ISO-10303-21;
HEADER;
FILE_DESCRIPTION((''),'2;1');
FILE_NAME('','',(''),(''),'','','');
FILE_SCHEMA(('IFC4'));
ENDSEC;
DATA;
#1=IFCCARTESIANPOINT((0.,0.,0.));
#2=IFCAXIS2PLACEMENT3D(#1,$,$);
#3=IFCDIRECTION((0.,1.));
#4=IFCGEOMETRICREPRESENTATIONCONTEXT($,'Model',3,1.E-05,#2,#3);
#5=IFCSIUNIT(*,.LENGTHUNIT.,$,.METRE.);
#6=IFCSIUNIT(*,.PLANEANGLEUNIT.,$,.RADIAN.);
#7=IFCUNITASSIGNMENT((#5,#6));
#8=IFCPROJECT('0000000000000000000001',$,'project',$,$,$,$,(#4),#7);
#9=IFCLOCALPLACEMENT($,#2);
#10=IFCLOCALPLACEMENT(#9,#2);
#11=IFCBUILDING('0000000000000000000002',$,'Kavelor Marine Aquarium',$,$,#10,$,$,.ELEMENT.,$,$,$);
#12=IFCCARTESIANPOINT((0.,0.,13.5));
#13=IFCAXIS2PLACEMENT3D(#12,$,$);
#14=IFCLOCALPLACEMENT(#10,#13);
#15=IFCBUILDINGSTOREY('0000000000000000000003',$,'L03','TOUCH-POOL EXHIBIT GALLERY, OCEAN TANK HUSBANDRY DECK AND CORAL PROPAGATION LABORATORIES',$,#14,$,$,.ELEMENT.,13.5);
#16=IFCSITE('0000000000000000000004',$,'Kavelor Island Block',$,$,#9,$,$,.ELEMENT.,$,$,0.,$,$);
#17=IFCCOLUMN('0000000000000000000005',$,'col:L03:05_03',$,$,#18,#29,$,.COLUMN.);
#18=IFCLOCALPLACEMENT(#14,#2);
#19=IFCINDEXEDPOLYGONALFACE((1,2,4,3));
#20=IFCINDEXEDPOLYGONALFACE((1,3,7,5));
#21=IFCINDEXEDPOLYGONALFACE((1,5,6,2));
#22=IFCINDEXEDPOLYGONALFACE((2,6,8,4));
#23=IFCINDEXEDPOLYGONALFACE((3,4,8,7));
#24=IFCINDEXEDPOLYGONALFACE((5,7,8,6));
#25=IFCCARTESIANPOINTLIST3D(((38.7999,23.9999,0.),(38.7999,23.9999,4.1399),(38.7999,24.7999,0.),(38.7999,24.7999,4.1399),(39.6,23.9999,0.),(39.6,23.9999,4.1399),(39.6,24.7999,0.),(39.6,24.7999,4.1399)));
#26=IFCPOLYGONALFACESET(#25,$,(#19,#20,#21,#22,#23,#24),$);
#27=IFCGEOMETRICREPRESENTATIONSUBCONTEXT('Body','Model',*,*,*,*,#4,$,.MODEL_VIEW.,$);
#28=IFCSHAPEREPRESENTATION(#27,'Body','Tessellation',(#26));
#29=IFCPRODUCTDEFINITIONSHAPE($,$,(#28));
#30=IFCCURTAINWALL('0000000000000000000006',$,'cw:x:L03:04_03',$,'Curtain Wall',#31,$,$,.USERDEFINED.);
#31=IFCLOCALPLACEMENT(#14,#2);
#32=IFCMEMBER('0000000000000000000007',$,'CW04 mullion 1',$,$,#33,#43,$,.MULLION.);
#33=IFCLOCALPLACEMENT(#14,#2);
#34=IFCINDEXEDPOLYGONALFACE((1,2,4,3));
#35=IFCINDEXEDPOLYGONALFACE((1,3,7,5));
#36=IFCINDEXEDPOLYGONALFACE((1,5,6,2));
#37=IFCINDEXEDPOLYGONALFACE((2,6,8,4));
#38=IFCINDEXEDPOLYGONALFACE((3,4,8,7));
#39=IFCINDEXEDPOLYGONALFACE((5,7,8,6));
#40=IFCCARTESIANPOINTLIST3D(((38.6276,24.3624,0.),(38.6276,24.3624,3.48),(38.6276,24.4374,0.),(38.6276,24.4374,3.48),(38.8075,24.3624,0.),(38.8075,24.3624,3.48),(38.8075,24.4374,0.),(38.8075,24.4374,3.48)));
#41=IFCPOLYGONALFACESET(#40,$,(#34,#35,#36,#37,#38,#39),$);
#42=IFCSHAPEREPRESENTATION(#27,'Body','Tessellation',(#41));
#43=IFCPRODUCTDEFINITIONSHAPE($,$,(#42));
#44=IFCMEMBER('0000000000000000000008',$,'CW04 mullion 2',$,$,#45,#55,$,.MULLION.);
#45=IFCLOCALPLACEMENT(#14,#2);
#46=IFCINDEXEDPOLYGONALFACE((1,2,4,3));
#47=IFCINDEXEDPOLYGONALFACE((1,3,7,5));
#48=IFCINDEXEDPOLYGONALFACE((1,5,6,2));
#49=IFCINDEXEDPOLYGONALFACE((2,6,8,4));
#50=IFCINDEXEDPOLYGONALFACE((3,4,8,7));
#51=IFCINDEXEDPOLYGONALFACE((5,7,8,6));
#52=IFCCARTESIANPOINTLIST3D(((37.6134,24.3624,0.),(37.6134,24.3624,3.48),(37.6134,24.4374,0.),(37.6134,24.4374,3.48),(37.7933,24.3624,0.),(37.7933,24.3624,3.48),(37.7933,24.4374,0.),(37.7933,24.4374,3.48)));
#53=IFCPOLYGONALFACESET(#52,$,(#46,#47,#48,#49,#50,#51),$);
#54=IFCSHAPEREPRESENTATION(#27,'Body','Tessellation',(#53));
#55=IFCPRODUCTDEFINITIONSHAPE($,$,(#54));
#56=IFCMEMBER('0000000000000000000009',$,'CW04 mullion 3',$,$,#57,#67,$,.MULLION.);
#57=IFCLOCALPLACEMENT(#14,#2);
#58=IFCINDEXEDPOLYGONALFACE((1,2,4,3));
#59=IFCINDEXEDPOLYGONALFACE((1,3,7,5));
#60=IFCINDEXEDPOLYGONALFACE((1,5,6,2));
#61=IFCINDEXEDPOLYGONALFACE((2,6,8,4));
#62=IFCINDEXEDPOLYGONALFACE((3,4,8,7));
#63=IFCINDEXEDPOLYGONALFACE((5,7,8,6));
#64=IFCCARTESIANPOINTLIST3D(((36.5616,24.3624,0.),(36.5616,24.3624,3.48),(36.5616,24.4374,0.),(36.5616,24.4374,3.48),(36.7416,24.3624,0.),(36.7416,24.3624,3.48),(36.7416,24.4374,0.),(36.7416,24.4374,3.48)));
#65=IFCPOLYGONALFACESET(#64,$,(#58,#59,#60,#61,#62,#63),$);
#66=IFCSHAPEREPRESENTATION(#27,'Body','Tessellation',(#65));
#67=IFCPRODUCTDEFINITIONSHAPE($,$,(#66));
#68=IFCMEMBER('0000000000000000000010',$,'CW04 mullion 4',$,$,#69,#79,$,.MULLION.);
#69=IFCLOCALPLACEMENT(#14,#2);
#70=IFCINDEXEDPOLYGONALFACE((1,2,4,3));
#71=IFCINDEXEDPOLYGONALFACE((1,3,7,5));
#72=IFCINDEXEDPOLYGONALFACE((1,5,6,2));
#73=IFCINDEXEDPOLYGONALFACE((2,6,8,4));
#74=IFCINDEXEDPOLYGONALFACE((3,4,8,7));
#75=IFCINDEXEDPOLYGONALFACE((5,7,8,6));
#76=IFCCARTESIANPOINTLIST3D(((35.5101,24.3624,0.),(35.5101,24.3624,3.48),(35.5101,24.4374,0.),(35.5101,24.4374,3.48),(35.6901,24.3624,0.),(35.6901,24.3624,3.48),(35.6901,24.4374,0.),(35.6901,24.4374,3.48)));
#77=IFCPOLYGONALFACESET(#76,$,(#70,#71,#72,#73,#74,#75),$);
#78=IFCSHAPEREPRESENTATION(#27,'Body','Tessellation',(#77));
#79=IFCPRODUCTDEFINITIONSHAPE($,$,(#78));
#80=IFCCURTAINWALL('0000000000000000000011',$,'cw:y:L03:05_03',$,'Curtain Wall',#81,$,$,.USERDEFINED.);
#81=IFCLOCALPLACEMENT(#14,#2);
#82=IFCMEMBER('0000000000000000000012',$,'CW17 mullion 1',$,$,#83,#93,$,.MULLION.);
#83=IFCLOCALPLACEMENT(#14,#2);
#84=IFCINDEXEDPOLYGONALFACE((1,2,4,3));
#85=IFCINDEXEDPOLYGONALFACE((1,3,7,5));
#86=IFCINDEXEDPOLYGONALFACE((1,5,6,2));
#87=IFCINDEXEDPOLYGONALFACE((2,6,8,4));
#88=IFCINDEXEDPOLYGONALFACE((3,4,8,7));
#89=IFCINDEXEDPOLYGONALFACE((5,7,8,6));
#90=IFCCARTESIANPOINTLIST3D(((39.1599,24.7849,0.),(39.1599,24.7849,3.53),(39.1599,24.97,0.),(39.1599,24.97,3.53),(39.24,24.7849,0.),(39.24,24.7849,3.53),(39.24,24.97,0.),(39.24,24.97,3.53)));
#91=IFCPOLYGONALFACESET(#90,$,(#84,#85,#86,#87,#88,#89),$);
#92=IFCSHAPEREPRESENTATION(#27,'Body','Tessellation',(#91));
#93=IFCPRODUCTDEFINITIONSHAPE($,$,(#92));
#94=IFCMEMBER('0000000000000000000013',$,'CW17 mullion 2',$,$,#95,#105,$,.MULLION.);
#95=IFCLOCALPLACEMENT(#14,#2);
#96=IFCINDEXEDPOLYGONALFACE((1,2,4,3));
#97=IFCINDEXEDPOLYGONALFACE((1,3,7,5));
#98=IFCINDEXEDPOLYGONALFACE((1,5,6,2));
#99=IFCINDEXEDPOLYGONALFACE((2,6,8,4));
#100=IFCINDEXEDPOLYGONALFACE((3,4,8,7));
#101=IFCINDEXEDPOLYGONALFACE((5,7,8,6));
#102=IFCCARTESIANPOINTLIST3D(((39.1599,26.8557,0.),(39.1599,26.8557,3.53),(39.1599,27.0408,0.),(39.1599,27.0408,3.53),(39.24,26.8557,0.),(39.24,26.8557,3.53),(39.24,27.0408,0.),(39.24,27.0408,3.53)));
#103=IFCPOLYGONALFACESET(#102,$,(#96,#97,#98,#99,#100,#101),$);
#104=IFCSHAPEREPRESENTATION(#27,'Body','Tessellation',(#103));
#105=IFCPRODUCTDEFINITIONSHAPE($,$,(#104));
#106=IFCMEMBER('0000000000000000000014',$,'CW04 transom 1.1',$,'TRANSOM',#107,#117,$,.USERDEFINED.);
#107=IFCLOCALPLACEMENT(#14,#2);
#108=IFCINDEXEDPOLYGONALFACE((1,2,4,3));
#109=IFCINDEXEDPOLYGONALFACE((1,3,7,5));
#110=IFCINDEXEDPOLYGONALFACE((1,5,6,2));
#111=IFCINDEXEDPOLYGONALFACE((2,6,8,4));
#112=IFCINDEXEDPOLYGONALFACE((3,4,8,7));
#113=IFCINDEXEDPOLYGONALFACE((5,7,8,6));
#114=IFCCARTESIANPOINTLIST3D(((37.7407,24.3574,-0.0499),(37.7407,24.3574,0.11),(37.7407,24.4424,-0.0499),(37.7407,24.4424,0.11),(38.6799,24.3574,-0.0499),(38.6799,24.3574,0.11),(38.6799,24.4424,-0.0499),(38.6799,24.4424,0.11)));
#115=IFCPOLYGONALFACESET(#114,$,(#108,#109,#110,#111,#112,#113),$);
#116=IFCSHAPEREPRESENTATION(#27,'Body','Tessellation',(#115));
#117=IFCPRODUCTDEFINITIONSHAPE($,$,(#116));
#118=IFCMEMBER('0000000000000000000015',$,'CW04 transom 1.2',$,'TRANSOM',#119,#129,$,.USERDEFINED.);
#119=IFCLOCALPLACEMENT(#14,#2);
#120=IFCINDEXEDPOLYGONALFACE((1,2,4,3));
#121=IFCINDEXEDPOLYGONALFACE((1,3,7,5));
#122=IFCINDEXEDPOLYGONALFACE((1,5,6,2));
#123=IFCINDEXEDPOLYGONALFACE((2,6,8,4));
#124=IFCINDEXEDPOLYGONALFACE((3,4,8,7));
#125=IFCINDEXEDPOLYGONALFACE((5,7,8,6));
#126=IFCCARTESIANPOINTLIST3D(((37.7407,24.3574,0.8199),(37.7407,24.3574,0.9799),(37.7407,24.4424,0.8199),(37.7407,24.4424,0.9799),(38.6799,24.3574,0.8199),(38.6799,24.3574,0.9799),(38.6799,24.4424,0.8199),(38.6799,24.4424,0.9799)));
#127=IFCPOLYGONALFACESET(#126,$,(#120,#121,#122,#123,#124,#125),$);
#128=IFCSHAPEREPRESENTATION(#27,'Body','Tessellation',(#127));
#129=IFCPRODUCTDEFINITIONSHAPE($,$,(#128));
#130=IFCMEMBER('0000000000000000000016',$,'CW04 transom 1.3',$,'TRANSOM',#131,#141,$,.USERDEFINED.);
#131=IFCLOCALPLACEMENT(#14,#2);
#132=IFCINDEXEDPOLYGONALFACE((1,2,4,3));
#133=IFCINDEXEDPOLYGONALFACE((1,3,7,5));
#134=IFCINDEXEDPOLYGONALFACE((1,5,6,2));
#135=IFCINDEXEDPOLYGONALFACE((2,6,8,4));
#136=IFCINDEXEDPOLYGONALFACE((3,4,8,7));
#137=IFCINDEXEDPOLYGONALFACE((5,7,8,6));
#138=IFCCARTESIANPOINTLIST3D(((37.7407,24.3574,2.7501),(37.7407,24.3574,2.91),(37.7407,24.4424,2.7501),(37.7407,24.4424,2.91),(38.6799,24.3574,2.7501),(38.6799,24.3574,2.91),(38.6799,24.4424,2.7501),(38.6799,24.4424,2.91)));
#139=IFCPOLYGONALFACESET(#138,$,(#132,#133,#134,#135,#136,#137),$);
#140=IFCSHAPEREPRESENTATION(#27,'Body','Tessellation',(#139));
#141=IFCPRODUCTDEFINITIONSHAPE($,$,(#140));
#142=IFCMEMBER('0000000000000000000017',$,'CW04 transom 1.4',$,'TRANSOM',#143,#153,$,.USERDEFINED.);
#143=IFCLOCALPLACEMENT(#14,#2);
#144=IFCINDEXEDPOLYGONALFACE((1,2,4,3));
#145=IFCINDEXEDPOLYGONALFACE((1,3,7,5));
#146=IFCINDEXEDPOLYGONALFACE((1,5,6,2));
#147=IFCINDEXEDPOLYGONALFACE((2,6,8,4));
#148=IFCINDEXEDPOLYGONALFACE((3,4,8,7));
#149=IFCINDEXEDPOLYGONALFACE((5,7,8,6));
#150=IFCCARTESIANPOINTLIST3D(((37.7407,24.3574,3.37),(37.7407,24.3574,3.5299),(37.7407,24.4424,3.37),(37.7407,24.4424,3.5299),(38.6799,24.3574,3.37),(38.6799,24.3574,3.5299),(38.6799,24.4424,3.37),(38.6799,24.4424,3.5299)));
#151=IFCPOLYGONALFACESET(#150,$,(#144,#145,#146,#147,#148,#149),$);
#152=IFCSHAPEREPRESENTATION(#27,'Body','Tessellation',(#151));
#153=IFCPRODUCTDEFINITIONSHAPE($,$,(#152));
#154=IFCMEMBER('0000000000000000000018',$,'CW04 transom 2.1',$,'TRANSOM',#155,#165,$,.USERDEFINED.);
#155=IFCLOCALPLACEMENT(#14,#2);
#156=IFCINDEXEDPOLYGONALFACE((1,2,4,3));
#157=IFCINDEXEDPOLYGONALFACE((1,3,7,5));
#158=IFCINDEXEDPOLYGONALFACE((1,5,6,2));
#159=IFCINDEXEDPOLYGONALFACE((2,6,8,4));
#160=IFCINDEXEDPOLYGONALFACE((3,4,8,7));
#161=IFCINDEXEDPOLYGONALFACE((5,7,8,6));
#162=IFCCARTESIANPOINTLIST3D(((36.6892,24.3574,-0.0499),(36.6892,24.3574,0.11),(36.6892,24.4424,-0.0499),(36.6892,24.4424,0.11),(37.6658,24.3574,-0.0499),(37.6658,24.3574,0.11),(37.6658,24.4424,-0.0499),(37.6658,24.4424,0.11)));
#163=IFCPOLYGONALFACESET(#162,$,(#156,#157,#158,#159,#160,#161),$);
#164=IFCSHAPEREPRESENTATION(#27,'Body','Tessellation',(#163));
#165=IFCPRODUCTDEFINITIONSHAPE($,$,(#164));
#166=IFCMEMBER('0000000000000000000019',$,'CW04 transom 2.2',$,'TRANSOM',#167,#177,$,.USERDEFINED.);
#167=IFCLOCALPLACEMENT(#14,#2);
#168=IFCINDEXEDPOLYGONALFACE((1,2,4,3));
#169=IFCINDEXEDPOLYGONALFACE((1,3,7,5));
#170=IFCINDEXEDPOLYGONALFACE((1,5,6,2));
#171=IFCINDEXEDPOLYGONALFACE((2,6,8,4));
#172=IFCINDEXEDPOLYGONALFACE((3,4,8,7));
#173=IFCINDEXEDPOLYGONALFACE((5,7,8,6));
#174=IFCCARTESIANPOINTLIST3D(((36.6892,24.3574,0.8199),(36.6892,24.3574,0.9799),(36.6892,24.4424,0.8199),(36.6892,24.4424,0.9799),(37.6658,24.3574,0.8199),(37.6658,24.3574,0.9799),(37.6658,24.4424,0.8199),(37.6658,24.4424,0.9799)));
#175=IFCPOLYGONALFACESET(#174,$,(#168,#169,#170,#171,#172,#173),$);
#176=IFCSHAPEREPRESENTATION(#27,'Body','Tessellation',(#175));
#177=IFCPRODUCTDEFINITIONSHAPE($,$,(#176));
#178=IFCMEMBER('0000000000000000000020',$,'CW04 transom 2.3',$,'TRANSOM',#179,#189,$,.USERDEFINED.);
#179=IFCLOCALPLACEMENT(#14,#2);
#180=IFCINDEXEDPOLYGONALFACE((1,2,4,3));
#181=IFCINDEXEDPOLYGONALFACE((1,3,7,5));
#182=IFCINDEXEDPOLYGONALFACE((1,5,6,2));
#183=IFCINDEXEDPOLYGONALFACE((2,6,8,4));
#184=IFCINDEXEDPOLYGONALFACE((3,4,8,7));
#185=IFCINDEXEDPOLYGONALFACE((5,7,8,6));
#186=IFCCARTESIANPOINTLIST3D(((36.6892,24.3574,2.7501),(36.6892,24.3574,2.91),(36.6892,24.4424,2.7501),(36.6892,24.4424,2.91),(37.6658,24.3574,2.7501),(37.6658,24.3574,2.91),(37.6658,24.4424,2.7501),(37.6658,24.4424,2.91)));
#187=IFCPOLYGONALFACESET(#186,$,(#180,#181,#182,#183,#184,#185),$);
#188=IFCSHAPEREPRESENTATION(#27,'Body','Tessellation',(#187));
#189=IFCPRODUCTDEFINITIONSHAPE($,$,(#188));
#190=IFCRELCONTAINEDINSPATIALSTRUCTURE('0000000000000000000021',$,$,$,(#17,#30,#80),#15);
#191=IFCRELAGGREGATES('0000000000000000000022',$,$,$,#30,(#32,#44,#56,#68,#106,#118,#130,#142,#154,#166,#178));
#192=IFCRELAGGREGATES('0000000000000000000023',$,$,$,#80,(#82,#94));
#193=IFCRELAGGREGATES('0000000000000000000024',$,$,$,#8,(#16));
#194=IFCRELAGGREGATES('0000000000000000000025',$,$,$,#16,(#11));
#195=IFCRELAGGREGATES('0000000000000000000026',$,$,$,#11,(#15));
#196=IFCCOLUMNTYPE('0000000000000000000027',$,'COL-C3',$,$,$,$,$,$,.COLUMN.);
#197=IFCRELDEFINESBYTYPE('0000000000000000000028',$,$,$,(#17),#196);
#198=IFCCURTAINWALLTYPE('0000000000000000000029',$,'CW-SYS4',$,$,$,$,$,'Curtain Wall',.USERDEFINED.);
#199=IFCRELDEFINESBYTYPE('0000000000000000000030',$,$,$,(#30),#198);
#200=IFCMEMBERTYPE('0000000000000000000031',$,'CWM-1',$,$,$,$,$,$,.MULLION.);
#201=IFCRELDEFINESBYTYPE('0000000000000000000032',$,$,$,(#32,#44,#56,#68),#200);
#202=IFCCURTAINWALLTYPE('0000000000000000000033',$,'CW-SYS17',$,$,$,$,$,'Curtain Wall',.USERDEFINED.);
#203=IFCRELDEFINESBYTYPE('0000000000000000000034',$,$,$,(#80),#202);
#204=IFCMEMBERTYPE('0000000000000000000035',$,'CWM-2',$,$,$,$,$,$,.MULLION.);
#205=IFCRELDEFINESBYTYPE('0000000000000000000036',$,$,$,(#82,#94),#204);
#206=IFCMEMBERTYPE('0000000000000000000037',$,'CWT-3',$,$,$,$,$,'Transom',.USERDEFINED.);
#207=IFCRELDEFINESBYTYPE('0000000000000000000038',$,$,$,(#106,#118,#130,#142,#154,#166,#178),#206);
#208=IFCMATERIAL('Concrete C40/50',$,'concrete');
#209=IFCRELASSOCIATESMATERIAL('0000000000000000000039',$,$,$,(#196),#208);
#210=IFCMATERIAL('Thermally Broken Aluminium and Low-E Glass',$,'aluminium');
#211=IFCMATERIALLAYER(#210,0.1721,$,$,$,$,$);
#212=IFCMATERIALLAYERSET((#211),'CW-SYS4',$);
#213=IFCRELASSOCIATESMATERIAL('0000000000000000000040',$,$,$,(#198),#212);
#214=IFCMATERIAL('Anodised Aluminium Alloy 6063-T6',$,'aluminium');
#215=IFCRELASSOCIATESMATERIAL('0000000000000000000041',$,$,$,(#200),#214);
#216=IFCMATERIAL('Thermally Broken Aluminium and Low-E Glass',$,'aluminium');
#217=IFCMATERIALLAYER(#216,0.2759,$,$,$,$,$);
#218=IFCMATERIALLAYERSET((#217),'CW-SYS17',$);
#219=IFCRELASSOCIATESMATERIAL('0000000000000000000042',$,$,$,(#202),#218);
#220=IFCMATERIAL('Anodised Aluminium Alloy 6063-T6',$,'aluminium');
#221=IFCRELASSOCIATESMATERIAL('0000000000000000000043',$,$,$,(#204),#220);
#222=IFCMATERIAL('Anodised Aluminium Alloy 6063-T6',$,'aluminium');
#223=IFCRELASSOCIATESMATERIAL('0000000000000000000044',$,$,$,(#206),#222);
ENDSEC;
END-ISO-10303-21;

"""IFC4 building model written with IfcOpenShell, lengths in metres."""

from ifc_helpers import new_model, si_unit, direction, frame, origin, origin_2d, place, context, subcontext, project, spatial, rectangle, extrude, material, layer, layer_set, material_profile, profile_set, type_object, element, aggregate, save


model = new_model("IFC4")

# Units and contexts
model_context = context("Model", 3, precision=1e-05, world=origin(), true_north=direction((0.0, 1.0)))
body_context = subcontext(model_context, "Body", "Model", "MODEL_VIEW")
ifc_project = project(units=[si_unit("LENGTHUNIT", "METRE"), si_unit("PLANEANGLEUNIT", "RADIAN")], contexts=[model_context])

# Site, building, storey
site_placement = place(None, origin())
site = spatial("IfcSite", under=ifc_project, at=site_placement, Name="Kavelor Island Block", CompositionType="ELEMENT", RefElevation=0.0)
building_placement = place(site_placement, origin())
building = spatial("IfcBuilding", under=site, at=building_placement, Name="Kavelor Marine Aquarium", CompositionType="ELEMENT")
storey_placement = place(building_placement, frame((0.0, 0.0, 13.5)))
storey = spatial("IfcBuildingStorey", under=building, at=storey_placement, Name="L03", Description="TOUCH-POOL EXHIBIT GALLERY, OCEAN TANK HUSBANDRY DECK AND CORAL PROPAGATION LABORATORIES", CompositionType="ELEMENT", Elevation=13.5)

# Column
ifc_material_1 = material(Name="Concrete C40/50", Category="concrete")
ifc_material_profile_1 = material_profile(ifc_material_1, rectangle(XDim=0.8, YDim=0.8, at=origin_2d()), Name="RC-COL 800x800")
ifc_profile_set_1 = profile_set([ifc_material_profile_1], Name="Concrete C40/50")
column_type = type_object("IfcColumnType", Name="COL-C3", PredefinedType="COLUMN", material=ifc_profile_set_1)
column_placement = place(storey_placement, frame((39.2, 24.3999, 0.0), z_axis=(0.0, 0.0, 1.0), x_axis=(1.0, 0.0, 0.0)))
element("IfcColumn", 1, at=column_placement, inside=storey, type_object=column_type, Name="col:L03:05_03", PredefinedType="COLUMN", context=body_context, shape_type="SweptSolid", body=[
    extrude(rectangle(XDim=0.8, YDim=0.8, at=origin_2d()), origin(), (0.0, 0.0, 1.0), 4.1399),
])

# Curtain walls, members
ifc_material_2 = material(Name="Thermally Broken Aluminium and Low-E Glass", Category="aluminium")
ifc_layer_1 = layer(ifc_material_2, 0.1721)
ifc_layer_set_1 = layer_set([ifc_layer_1], Name="CW-SYS4")
curtain_wall_type_1 = type_object("IfcCurtainWallType", Name="CW-SYS4", ElementType="Curtain Wall", PredefinedType="USERDEFINED", material=ifc_layer_set_1)
curtain_wall_1_placement = place(storey_placement, origin())
curtain_wall_1 = element("IfcCurtainWall", 2, at=curtain_wall_1_placement, inside=storey, type_object=curtain_wall_type_1, Name="cw:x:L03:04_03", ObjectType="Curtain Wall", PredefinedType="USERDEFINED")
ifc_material_3 = material(Name="Anodised Aluminium Alloy 6063-T6", Category="aluminium")
ifc_material_profile_2 = material_profile(ifc_material_3, rectangle(XDim=0.075, YDim=0.1799, at=origin_2d()), Name="CW-MUL 75x180")
ifc_profile_set_2 = profile_set([ifc_material_profile_2], Name="Anodised Aluminium Alloy 6063-T6")
member_type_1 = type_object("IfcMemberType", Name="CWM-1", PredefinedType="MULLION", material=ifc_profile_set_2)
member_1_placement = place(storey_placement, frame((38.7175, 24.3999, 0.0), z_axis=(0.0, 0.0, 1.0), x_axis=(0.0, -1.0, 0.0)))
member_1 = element("IfcMember", 3, at=member_1_placement, type_object=member_type_1, Name="CW04 mullion 1", PredefinedType="MULLION", context=body_context, shape_type="SweptSolid", body=[
    extrude(rectangle(XDim=0.075, YDim=0.1799, at=origin_2d()), origin(), (0.0, 0.0, 1.0), 3.48),
])
member_2_placement = place(storey_placement, frame((37.7034, 24.3999, 0.0), z_axis=(0.0, 0.0, 1.0), x_axis=(0.0, -1.0, 0.0)))
member_2 = element("IfcMember", 4, at=member_2_placement, type_object=member_type_1, Name="CW04 mullion 2", PredefinedType="MULLION", context=body_context, shape_type="SweptSolid", body=[
    extrude(rectangle(XDim=0.075, YDim=0.1799, at=origin_2d()), origin(), (0.0, 0.0, 1.0), 3.48),
])
member_3_placement = place(storey_placement, frame((36.6516, 24.3999, 0.0), z_axis=(0.0, 0.0, 1.0), x_axis=(0.0, -1.0, 0.0)))
member_3 = element("IfcMember", 5, at=member_3_placement, type_object=member_type_1, Name="CW04 mullion 3", PredefinedType="MULLION", context=body_context, shape_type="SweptSolid", body=[
    extrude(rectangle(XDim=0.075, YDim=0.1799, at=origin_2d()), origin(), (0.0, 0.0, 1.0), 3.48),
])
member_4_placement = place(storey_placement, frame((35.6001, 24.3999, 0.0), z_axis=(0.0, 0.0, 1.0), x_axis=(0.0, -1.0, 0.0)))
member_4 = element("IfcMember", 6, at=member_4_placement, type_object=member_type_1, Name="CW04 mullion 4", PredefinedType="MULLION", context=body_context, shape_type="SweptSolid", body=[
    extrude(rectangle(XDim=0.075, YDim=0.1799, at=origin_2d()), origin(), (0.0, 0.0, 1.0), 3.48),
])
ifc_material_4 = material(Name="Thermally Broken Aluminium and Low-E Glass", Category="aluminium")
ifc_layer_2 = layer(ifc_material_4, 0.2759)
ifc_layer_set_2 = layer_set([ifc_layer_2], Name="CW-SYS17")
curtain_wall_type_2 = type_object("IfcCurtainWallType", Name="CW-SYS17", ElementType="Curtain Wall", PredefinedType="USERDEFINED", material=ifc_layer_set_2)
curtain_wall_2_placement = place(storey_placement, origin())
curtain_wall_2 = element("IfcCurtainWall", 7, at=curtain_wall_2_placement, inside=storey, type_object=curtain_wall_type_2, Name="cw:y:L03:05_03", ObjectType="Curtain Wall", PredefinedType="USERDEFINED")
ifc_material_5 = material(Name="Anodised Aluminium Alloy 6063-T6", Category="aluminium")
ifc_material_profile_3 = material_profile(ifc_material_5, rectangle(XDim=0.0801, YDim=0.1851, at=origin_2d()), Name="CW-MUL 80x185")
ifc_profile_set_3 = profile_set([ifc_material_profile_3], Name="Anodised Aluminium Alloy 6063-T6")
member_type_2 = type_object("IfcMemberType", Name="CWM-2", PredefinedType="MULLION", material=ifc_profile_set_3)
member_5_placement = place(storey_placement, frame((39.2, 24.8774, 0.0), z_axis=(0.0, 0.0, 1.0), x_axis=(-1.0, 0.0, 0.0)))
member_5 = element("IfcMember", 8, at=member_5_placement, type_object=member_type_2, Name="CW17 mullion 1", PredefinedType="MULLION", context=body_context, shape_type="SweptSolid", body=[
    extrude(rectangle(XDim=0.0801, YDim=0.1851, at=origin_2d()), origin(), (0.0, 0.0, 1.0), 3.53),
])
member_6_placement = place(storey_placement, frame((39.2, 26.9482, 0.0), z_axis=(0.0, 0.0, 1.0), x_axis=(-1.0, 0.0, 0.0)))
member_6 = element("IfcMember", 9, at=member_6_placement, type_object=member_type_2, Name="CW17 mullion 2", PredefinedType="MULLION", context=body_context, shape_type="SweptSolid", body=[
    extrude(rectangle(XDim=0.0801, YDim=0.1851, at=origin_2d()), origin(), (0.0, 0.0, 1.0), 3.53),
])

# Members
ifc_material_6 = material(Name="Anodised Aluminium Alloy 6063-T6", Category="aluminium")
ifc_material_profile_4 = material_profile(ifc_material_6, rectangle(XDim=0.085, YDim=0.1599, at=origin_2d()), Name="CW-TRN 85x160")
ifc_profile_set_4 = profile_set([ifc_material_profile_4], Name="Anodised Aluminium Alloy 6063-T6")
member_type_3 = type_object("IfcMemberType", Name="CWT-3", ElementType="Transom", PredefinedType="USERDEFINED", material=ifc_profile_set_4)
member_7_placement = place(storey_placement, frame((38.6799, 24.3999, 0.03), z_axis=(-1.0, 0.0, 0.0), x_axis=(0.0, -1.0, 0.0)))
member_7 = element("IfcMember", 10, at=member_7_placement, type_object=member_type_3, Name="CW04 transom 1.1", ObjectType="TRANSOM", PredefinedType="USERDEFINED", context=body_context, shape_type="SweptSolid", body=[
    extrude(rectangle(XDim=0.085, YDim=0.1599, at=origin_2d()), origin(), (0.0, 0.0, 1.0), 0.9392),
])
member_8_placement = place(storey_placement, frame((38.6799, 24.3999, 0.8999), z_axis=(-1.0, 0.0, 0.0), x_axis=(0.0, -1.0, 0.0)))
member_8 = element("IfcMember", 11, at=member_8_placement, type_object=member_type_3, Name="CW04 transom 1.2", ObjectType="TRANSOM", PredefinedType="USERDEFINED", context=body_context, shape_type="SweptSolid", body=[
    extrude(rectangle(XDim=0.085, YDim=0.1599, at=origin_2d()), origin(), (0.0, 0.0, 1.0), 0.9392),
])
member_9_placement = place(storey_placement, frame((38.6799, 24.3999, 2.8301), z_axis=(-1.0, 0.0, 0.0), x_axis=(0.0, -1.0, 0.0)))
member_9 = element("IfcMember", 12, at=member_9_placement, type_object=member_type_3, Name="CW04 transom 1.3", ObjectType="TRANSOM", PredefinedType="USERDEFINED", context=body_context, shape_type="SweptSolid", body=[
    extrude(rectangle(XDim=0.085, YDim=0.1599, at=origin_2d()), origin(), (0.0, 0.0, 1.0), 0.9392),
])
member_10_placement = place(storey_placement, frame((38.6799, 24.3999, 3.45), z_axis=(-1.0, 0.0, 0.0), x_axis=(0.0, -1.0, 0.0)))
member_10 = element("IfcMember", 13, at=member_10_placement, type_object=member_type_3, Name="CW04 transom 1.4", ObjectType="TRANSOM", PredefinedType="USERDEFINED", context=body_context, shape_type="SweptSolid", body=[
    extrude(rectangle(XDim=0.085, YDim=0.1599, at=origin_2d()), origin(), (0.0, 0.0, 1.0), 0.9392),
])
member_11_placement = place(storey_placement, frame((37.6658, 24.3999, 0.03), z_axis=(-1.0, 0.0, 0.0), x_axis=(0.0, -1.0, 0.0)))
member_11 = element("IfcMember", 14, at=member_11_placement, type_object=member_type_3, Name="CW04 transom 2.1", ObjectType="TRANSOM", PredefinedType="USERDEFINED", context=body_context, shape_type="SweptSolid", body=[
    extrude(rectangle(XDim=0.085, YDim=0.1599, at=origin_2d()), origin(), (0.0, 0.0, 1.0), 0.9766),
])
member_12_placement = place(storey_placement, frame((37.6658, 24.3999, 0.8999), z_axis=(-1.0, 0.0, 0.0), x_axis=(0.0, -1.0, 0.0)))
member_12 = element("IfcMember", 15, at=member_12_placement, type_object=member_type_3, Name="CW04 transom 2.2", ObjectType="TRANSOM", PredefinedType="USERDEFINED", context=body_context, shape_type="SweptSolid", body=[
    extrude(rectangle(XDim=0.085, YDim=0.1599, at=origin_2d()), origin(), (0.0, 0.0, 1.0), 0.9766),
])
member_13_placement = place(storey_placement, frame((37.6658, 24.3999, 2.8301), z_axis=(-1.0, 0.0, 0.0), x_axis=(0.0, -1.0, 0.0)))
member_13 = element("IfcMember", 16, at=member_13_placement, type_object=member_type_3, Name="CW04 transom 2.3", ObjectType="TRANSOM", PredefinedType="USERDEFINED", context=body_context, shape_type="SweptSolid", body=[
    extrude(rectangle(XDim=0.085, YDim=0.1599, at=origin_2d()), origin(), (0.0, 0.0, 1.0), 0.9766),
])

aggregate(curtain_wall_1, [member_1, member_2, member_3, member_4, member_7, member_8, member_9, member_10, member_11, member_12, member_13])
aggregate(curtain_wall_2, [member_5, member_6])

save(model, "model.ifc")
